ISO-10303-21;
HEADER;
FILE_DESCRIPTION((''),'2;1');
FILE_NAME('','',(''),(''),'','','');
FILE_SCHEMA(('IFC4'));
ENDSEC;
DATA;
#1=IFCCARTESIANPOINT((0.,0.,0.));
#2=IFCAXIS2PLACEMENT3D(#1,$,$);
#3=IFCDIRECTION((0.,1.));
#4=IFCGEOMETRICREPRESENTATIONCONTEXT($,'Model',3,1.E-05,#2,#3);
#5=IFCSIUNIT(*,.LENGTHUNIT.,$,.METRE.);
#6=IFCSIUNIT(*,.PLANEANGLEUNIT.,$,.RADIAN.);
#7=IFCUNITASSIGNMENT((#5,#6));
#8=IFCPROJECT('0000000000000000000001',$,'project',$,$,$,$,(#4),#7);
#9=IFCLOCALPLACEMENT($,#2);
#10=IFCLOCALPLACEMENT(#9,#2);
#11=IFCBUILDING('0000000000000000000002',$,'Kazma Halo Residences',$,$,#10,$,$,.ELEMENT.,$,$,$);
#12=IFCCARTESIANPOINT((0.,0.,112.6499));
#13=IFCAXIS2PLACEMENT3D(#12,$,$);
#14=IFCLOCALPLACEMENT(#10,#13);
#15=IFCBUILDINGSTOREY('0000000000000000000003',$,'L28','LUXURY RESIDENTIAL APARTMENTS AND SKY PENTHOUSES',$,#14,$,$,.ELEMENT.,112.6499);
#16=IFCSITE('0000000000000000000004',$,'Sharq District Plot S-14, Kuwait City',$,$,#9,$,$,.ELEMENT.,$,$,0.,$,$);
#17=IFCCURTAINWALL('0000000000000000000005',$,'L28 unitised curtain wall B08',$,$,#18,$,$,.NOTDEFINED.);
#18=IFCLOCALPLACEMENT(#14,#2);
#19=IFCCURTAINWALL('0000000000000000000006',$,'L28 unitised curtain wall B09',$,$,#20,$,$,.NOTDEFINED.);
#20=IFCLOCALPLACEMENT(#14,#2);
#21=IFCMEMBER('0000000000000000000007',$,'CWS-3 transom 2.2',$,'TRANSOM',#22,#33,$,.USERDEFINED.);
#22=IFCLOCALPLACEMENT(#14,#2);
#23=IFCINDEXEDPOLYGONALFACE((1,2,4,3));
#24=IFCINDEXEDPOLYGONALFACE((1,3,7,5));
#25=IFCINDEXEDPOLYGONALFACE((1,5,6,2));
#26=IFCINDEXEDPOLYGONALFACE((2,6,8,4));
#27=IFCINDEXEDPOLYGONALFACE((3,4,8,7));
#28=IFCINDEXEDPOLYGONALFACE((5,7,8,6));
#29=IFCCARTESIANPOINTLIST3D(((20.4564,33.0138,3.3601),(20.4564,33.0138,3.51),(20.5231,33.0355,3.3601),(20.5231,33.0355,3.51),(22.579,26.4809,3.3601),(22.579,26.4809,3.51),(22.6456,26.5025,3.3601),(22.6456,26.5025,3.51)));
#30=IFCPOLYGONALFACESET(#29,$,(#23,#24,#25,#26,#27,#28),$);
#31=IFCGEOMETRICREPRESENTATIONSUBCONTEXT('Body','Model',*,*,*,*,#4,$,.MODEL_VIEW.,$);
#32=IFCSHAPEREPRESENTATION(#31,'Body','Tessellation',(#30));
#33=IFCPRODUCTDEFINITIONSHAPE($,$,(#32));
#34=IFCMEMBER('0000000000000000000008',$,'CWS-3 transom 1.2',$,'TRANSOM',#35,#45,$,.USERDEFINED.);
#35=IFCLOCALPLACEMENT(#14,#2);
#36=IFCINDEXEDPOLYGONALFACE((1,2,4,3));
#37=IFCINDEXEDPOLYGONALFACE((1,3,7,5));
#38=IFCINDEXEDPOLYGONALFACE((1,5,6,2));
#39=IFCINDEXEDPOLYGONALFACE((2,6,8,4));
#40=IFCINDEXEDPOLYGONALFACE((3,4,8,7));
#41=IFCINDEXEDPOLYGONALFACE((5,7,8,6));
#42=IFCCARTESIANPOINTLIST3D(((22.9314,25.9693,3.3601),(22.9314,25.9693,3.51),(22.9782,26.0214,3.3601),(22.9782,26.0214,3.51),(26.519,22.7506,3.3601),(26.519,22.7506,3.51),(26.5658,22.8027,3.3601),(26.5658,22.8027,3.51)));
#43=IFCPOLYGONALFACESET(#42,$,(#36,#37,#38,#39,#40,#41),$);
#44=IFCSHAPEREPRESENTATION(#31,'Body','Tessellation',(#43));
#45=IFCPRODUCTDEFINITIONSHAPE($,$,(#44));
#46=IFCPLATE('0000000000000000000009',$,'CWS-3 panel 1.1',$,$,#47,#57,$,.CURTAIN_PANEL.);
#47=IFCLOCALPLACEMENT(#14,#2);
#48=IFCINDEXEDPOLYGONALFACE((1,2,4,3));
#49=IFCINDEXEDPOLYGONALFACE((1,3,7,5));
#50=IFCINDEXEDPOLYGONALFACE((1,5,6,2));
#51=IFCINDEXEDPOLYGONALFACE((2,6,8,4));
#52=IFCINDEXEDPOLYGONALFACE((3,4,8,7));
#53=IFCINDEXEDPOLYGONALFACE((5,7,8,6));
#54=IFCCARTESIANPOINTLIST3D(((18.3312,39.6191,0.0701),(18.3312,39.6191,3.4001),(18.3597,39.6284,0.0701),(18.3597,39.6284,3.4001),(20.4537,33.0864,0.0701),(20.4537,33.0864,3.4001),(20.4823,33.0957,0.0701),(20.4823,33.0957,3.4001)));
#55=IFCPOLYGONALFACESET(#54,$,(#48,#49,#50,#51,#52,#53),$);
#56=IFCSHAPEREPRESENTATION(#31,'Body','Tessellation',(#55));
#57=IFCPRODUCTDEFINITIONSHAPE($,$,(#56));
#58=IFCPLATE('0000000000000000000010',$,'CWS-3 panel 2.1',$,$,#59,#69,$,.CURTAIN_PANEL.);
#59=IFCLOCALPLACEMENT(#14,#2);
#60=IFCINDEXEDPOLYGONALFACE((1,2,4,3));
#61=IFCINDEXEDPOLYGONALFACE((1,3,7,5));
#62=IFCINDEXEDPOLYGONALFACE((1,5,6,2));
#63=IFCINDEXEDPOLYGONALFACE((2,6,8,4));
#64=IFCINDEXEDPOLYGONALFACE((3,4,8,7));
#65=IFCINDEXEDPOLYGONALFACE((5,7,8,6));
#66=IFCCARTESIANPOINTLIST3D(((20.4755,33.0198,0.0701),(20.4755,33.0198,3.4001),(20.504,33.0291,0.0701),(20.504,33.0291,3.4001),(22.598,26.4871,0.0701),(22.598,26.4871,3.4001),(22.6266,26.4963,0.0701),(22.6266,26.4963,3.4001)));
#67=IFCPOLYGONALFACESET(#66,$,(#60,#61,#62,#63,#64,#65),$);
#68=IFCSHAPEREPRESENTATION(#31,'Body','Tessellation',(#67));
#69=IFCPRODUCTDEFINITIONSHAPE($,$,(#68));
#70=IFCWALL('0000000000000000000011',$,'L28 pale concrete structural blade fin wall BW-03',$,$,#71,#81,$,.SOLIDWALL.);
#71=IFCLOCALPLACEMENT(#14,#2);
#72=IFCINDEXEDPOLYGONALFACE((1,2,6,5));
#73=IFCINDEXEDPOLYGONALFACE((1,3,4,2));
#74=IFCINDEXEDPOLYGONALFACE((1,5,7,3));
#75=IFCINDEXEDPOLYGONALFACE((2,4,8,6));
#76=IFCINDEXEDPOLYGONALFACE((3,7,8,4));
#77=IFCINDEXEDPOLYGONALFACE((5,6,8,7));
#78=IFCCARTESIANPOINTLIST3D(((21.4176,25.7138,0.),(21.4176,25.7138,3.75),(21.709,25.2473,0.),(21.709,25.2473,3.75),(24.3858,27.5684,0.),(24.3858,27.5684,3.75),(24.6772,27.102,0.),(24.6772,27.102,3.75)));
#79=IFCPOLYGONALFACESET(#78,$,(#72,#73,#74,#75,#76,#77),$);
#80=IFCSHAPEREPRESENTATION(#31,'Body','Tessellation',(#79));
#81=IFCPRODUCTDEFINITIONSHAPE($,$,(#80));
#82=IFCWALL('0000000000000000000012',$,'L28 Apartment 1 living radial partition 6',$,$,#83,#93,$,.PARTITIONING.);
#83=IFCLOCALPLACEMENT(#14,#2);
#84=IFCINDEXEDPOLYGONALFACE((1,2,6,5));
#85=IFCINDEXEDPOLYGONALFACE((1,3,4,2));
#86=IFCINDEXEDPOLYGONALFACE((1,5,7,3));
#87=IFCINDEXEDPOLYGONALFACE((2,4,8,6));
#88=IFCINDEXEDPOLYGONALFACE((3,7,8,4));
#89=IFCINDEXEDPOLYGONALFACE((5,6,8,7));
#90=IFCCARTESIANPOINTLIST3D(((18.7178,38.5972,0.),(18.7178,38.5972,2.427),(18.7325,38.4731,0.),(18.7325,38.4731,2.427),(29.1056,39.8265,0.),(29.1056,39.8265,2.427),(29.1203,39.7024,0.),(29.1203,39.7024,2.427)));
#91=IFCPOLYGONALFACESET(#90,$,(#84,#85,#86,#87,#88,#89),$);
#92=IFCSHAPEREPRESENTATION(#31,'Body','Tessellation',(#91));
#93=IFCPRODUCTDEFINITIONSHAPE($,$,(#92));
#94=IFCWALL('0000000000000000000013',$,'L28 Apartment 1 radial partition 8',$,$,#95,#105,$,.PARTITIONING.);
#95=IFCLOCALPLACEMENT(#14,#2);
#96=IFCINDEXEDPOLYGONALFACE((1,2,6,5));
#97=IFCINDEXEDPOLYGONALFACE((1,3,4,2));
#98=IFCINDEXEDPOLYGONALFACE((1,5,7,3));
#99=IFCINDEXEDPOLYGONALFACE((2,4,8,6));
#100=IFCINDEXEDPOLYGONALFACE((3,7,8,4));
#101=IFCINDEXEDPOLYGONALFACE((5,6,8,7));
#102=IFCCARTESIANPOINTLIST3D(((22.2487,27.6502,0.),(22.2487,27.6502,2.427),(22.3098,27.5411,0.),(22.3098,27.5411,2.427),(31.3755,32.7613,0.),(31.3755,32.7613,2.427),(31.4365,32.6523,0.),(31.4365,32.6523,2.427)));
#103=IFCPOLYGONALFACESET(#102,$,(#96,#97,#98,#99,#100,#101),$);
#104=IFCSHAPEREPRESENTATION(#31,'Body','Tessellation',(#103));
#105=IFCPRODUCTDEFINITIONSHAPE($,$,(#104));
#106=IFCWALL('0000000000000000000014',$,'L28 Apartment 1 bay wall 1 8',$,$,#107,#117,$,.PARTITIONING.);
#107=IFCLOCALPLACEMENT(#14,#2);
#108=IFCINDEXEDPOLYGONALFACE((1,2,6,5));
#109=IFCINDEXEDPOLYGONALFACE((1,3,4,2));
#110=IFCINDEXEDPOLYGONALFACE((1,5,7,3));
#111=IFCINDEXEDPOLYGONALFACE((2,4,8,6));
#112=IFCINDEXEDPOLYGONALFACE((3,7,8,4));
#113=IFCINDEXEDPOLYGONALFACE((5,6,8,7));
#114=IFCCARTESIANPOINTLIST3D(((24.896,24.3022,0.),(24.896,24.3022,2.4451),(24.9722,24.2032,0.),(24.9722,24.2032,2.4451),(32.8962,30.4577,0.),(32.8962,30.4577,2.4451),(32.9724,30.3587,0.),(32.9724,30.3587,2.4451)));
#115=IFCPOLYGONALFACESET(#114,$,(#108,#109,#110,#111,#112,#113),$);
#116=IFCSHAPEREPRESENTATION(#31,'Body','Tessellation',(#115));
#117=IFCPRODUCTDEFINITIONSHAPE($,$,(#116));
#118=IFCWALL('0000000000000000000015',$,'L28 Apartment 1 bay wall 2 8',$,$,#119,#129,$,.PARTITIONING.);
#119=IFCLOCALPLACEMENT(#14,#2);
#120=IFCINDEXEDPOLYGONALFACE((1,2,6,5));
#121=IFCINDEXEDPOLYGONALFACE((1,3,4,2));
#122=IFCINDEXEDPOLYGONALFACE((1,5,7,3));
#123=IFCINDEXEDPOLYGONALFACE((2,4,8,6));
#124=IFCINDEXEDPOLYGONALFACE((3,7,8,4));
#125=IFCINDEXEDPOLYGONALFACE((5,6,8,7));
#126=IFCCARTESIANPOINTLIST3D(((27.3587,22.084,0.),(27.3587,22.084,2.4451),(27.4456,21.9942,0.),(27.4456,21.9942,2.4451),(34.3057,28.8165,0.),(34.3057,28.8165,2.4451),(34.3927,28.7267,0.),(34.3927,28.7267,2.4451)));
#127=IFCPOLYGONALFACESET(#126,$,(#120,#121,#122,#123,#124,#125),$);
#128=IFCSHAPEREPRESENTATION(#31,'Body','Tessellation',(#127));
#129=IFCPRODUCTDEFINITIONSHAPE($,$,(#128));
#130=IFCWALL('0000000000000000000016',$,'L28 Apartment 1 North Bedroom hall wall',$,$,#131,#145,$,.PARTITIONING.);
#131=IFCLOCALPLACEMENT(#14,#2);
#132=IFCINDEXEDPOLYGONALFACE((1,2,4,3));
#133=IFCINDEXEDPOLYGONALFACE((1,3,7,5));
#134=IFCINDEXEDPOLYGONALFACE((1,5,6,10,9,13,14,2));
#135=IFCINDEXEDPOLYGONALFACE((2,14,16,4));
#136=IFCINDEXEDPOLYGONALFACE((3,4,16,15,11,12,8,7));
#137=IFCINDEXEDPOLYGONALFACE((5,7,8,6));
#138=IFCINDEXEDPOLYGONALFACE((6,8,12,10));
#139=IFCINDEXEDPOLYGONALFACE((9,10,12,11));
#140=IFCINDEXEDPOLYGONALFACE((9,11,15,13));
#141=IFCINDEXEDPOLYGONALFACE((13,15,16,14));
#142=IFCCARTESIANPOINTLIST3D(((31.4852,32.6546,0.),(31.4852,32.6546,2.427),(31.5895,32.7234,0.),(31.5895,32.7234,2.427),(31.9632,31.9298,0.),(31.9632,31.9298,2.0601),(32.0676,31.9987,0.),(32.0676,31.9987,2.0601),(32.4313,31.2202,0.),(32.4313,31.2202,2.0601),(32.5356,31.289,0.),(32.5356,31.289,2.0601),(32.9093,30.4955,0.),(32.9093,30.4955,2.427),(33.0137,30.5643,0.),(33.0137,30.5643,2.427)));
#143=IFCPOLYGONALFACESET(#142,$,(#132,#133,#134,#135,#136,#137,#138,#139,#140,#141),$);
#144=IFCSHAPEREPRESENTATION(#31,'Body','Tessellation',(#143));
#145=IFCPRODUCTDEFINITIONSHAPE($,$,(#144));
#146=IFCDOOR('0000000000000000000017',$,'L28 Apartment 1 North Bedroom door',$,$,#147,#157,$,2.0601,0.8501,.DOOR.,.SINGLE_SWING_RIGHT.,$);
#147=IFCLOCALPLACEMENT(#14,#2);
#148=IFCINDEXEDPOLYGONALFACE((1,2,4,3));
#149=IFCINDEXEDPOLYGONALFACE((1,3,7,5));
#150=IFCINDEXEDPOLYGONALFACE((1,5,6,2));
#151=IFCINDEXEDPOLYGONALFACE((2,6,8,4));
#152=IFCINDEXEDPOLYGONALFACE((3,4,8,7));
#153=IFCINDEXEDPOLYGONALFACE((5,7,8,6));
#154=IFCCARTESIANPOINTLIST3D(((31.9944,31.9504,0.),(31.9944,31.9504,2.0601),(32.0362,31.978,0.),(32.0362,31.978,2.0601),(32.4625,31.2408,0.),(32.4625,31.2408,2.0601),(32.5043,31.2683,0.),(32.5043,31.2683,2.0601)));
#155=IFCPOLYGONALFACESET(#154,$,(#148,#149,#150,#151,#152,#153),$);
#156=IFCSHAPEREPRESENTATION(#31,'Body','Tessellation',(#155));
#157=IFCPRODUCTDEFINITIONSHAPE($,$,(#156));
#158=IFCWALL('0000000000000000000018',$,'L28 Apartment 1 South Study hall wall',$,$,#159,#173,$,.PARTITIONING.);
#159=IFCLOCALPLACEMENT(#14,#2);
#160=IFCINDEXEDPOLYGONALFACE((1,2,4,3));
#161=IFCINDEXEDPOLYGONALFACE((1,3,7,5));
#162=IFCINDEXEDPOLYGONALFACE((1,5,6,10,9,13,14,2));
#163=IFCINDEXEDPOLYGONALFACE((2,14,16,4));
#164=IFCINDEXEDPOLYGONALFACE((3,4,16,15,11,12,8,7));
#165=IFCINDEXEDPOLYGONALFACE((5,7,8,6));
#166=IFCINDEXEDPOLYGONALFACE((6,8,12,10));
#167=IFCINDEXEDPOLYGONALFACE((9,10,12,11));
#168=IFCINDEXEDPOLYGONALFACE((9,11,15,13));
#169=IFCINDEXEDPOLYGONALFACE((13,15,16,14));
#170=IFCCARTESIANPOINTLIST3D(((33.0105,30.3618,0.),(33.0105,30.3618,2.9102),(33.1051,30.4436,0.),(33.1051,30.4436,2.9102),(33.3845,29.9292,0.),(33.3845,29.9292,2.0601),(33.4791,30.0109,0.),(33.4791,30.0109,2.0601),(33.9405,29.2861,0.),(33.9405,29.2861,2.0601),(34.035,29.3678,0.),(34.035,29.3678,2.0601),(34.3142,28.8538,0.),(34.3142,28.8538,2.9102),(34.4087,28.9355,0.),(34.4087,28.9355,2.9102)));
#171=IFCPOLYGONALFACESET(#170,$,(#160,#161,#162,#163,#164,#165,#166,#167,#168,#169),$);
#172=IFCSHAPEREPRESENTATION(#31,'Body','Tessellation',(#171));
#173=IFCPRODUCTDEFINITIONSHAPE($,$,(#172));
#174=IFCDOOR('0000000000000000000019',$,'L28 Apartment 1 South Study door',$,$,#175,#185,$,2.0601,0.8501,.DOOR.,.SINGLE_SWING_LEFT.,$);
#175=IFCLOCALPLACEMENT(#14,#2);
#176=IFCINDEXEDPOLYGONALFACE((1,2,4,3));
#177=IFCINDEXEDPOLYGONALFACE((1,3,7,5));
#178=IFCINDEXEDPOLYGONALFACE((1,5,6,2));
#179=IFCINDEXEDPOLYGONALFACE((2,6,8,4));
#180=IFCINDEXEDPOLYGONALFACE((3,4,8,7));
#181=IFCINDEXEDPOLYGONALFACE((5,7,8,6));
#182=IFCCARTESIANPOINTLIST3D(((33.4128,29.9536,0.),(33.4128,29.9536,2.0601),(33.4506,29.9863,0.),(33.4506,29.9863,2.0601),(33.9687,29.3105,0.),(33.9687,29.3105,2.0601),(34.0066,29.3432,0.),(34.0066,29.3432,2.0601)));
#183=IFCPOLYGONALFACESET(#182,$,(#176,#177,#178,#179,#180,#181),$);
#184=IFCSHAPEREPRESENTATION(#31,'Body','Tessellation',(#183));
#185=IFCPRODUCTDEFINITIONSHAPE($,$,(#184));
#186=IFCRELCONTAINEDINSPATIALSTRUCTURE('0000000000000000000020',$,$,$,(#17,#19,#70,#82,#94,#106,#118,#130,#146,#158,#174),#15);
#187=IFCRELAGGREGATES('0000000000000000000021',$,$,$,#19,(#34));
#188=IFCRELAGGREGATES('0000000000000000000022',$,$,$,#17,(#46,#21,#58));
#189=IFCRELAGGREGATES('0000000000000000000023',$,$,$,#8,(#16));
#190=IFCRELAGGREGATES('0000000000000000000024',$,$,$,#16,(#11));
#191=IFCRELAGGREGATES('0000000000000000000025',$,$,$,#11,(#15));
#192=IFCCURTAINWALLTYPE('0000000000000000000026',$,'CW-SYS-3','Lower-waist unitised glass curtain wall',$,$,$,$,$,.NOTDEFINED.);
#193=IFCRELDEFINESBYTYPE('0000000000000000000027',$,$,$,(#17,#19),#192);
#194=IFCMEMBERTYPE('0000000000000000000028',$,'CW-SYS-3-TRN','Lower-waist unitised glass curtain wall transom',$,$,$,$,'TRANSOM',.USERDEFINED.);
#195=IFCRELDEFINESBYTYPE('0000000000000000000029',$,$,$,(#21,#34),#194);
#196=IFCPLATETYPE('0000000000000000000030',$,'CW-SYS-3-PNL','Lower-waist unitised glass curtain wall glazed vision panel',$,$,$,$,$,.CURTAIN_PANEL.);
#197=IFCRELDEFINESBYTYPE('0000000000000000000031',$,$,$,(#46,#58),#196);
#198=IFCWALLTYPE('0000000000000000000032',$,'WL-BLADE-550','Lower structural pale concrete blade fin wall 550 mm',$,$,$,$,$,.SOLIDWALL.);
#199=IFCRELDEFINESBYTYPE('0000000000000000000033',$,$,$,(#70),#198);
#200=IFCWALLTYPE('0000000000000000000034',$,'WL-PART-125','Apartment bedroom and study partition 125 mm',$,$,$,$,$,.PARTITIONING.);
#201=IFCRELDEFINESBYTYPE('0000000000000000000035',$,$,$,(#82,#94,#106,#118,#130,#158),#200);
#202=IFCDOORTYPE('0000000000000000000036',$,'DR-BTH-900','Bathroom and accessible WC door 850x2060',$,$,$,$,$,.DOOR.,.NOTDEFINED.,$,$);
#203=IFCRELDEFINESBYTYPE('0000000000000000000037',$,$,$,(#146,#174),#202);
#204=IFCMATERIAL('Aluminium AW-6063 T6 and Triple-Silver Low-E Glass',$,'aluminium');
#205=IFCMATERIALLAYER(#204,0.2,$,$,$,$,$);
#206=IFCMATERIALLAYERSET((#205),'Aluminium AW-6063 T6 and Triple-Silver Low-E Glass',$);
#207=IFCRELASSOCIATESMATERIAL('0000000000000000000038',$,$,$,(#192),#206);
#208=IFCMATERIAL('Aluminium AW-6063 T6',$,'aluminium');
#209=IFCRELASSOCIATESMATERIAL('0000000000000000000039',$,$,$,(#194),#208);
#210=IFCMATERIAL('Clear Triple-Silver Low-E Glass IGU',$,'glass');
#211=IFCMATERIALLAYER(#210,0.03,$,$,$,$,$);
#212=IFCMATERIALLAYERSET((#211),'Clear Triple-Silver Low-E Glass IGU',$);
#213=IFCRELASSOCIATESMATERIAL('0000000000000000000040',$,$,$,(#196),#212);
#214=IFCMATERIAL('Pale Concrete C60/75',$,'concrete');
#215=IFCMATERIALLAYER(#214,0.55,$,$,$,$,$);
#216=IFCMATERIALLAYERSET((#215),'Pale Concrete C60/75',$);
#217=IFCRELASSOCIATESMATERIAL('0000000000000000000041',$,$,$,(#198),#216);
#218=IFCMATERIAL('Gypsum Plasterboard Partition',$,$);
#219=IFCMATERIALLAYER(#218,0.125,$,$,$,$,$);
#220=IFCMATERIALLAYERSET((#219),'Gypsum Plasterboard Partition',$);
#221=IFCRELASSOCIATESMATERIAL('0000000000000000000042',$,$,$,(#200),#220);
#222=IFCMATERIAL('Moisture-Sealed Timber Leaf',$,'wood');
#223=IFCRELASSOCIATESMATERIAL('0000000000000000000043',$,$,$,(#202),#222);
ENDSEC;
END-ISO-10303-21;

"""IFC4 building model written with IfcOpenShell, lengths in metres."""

from ifc_helpers import new_model, si_unit, direction, frame, frame_2d, origin, origin_2d, place, context, subcontext, project, spatial, rectangle, extrude, material, layer, layer_set, material_profile, profile_set, type_object, element, fill, aggregate, save


model = new_model("IFC4")

# Units and contexts
model_context = context("Model", 3, precision=1e-05, world=origin(), true_north=direction((0.0, 1.0)))
body_context = subcontext(model_context, "Body", "Model", "MODEL_VIEW")
ifc_project = project(units=[si_unit("LENGTHUNIT", "METRE"), si_unit("PLANEANGLEUNIT", "RADIAN")], contexts=[model_context])

# Site, building, storey
site_placement = place(None, origin())
site = spatial("IfcSite", under=ifc_project, at=site_placement, Name="Sharq District Plot S-14, Kuwait City", CompositionType="ELEMENT", RefElevation=0.0)
building_placement = place(site_placement, origin())
building = spatial("IfcBuilding", under=site, at=building_placement, Name="Kazma Halo Residences", CompositionType="ELEMENT")
storey_placement = place(building_placement, frame((0.0, 0.0, 112.6499)))
storey = spatial("IfcBuildingStorey", under=building, at=storey_placement, Name="L28", Description="LUXURY RESIDENTIAL APARTMENTS AND SKY PENTHOUSES", CompositionType="ELEMENT", Elevation=112.6499)

# Curtain wall
ifc_material_1 = material(Name="Aluminium AW-6063 T6 and Triple-Silver Low-E Glass", Category="aluminium")
ifc_layer_1 = layer(ifc_material_1, 0.2)
ifc_layer_set_1 = layer_set([ifc_layer_1], Name="Aluminium AW-6063 T6 and Triple-Silver Low-E Glass")
curtain_wall_type = type_object("IfcCurtainWallType", Name="CW-SYS-3", Description="Lower-waist unitised glass curtain wall", PredefinedType="NOTDEFINED", material=ifc_layer_set_1)
curtain_wall_1_placement = place(storey_placement, origin())
curtain_wall_1 = element("IfcCurtainWall", 1, at=curtain_wall_1_placement, inside=storey, type_object=curtain_wall_type, Name="L28 unitised curtain wall B08", PredefinedType="NOTDEFINED")
ifc_material_2 = material(Name="Aluminium AW-6063 T6", Category="aluminium")

# Curtain wall
curtain_wall_2_placement = place(storey_placement, origin())
curtain_wall_2 = element("IfcCurtainWall", 2, at=curtain_wall_2_placement, inside=storey, type_object=curtain_wall_type, Name="L28 unitised curtain wall B09", PredefinedType="NOTDEFINED")

# Members
ifc_material_profile_1 = material_profile(ifc_material_2, rectangle(XDim=0.0701, YDim=0.1499, at=origin_2d()), Name="CWT-70x150")
ifc_profile_set_1 = profile_set([ifc_material_profile_1], Name="Aluminium AW-6063 T6")
member_type_1 = type_object("IfcMemberType", Name="CW-SYS-3-TRN", Description="Lower-waist unitised glass curtain wall transom", ElementType="TRANSOM", PredefinedType="USERDEFINED", material=ifc_profile_set_1)
member_1_placement = place(storey_placement, frame((20.4897, 33.0247, 3.4351), z_axis=(0.309, -0.951062, 0.0), x_axis=(0.951062, 0.309, 0.0)))
member_1 = element("IfcMember", 3, at=member_1_placement, type_object=member_type_1, Name="CWS-3 transom 2.2", ObjectType="TRANSOM", PredefinedType="USERDEFINED", context=body_context, shape_type="SweptSolid", body=[
    extrude(rectangle(XDim=0.0701, YDim=0.1499, at=origin_2d()), origin(), (0.0, 0.0, 1.0), 6.8691),
])
member_2_placement = place(storey_placement, frame((22.9548, 25.9954, 3.4351), z_axis=(0.744338, -0.667803, 0.0), x_axis=(0.667803, 0.744338, 0.0)))
member_2 = element("IfcMember", 4, at=member_2_placement, type_object=member_type_1, Name="CWS-3 transom 1.2", ObjectType="TRANSOM", PredefinedType="USERDEFINED", context=body_context, shape_type="SweptSolid", body=[
    extrude(rectangle(XDim=0.0701, YDim=0.1499, at=origin_2d()), origin(), (0.0, 0.0, 1.0), 4.8198),
])
aggregate(curtain_wall_2, [member_2])

# Plates
ifc_material_3 = material(Name="Clear Triple-Silver Low-E Glass IGU", Category="glass")
ifc_layer_2 = layer(ifc_material_3, 0.03)
ifc_layer_set_2 = layer_set([ifc_layer_2], Name="Clear Triple-Silver Low-E Glass IGU")
plate_type = type_object("IfcPlateType", Name="CW-SYS-3-PNL", Description="Lower-waist unitised glass curtain wall glazed vision panel", PredefinedType="CURTAIN_PANEL", material=ifc_layer_set_2)
plate_1_placement = place(storey_placement, frame((19.4067, 36.3574, 0.0701), z_axis=(0.0, 0.0, 1.0), x_axis=(0.309013, -0.951058, 0.0)))
plate_1 = element("IfcPlate", 5, at=plate_1_placement, type_object=plate_type, Name="CWS-3 panel 1.1", PredefinedType="CURTAIN_PANEL", context=body_context, shape_type="SweptSolid", body=[
    extrude(rectangle(XDim=6.8689, YDim=0.03, at=origin_2d()), origin(), (0.0, 0.0, 1.0), 3.3301),
])
plate_2_placement = place(storey_placement, frame((21.551, 29.7581, 0.0701), z_axis=(0.0, 0.0, 1.0), x_axis=(0.309013, -0.951058, 0.0)))
plate_2 = element("IfcPlate", 6, at=plate_2_placement, type_object=plate_type, Name="CWS-3 panel 2.1", PredefinedType="CURTAIN_PANEL", context=body_context, shape_type="SweptSolid", body=[
    extrude(rectangle(XDim=6.8689, YDim=0.03, at=origin_2d()), origin(), (0.0, 0.0, 1.0), 3.3301),
])
aggregate(curtain_wall_1, [plate_1, member_1, plate_2])

# Walls
ifc_material_4 = material(Name="Pale Concrete C60/75", Category="concrete")
ifc_layer_3 = layer(ifc_material_4, 0.55)
ifc_layer_set_3 = layer_set([ifc_layer_3], Name="Pale Concrete C60/75")
wall_type_1 = type_object("IfcWallType", Name="WL-BLADE-550", Description="Lower structural pale concrete blade fin wall 550 mm", PredefinedType="SOLIDWALL", material=ifc_layer_set_3)
wall_1_placement = place(storey_placement, frame((24.5315, 27.3352, 0.0), z_axis=(0.0, 0.0, 1.0), x_axis=(-0.848053, -0.529911, 0.0)))
element("IfcWall", 7, at=wall_1_placement, inside=storey, type_object=wall_type_1, Name="L28 pale concrete structural blade fin wall BW-03", PredefinedType="SOLIDWALL", context=body_context, shape_type="SweptSolid", body=[
    extrude(rectangle(XDim=3.5, YDim=0.55, at=frame_2d((1.75, 0.0))), origin(), (0.0, 0.0, 1.0), 3.75),
])
ifc_material_5 = material(Name="Gypsum Plasterboard Partition")
ifc_layer_4 = layer(ifc_material_5, 0.125)
ifc_layer_set_4 = layer_set([ifc_layer_4], Name="Gypsum Plasterboard Partition")
wall_type_2 = type_object("IfcWallType", Name="WL-PART-125", Description="Apartment bedroom and study partition 125 mm", PredefinedType="PARTITIONING", material=ifc_layer_set_4)
wall_2_placement = place(storey_placement, frame((29.1128, 39.7644, 0.0), z_axis=(0.0, 0.0, 1.0), x_axis=(-0.993071, -0.117517, 0.0)))
element("IfcWall", 8, at=wall_2_placement, inside=storey, type_object=wall_type_2, Name="L28 Apartment 1 living radial partition 6", PredefinedType="PARTITIONING", context=body_context, shape_type="SweptSolid", body=[
    extrude(rectangle(XDim=10.4602, YDim=0.125, at=frame_2d((5.23, 0.0))), origin(), (0.0, 0.0, 1.0), 2.427),
])
wall_3_placement = place(storey_placement, frame((31.406, 32.7068, 0.0), z_axis=(0.0, 0.0, 1.0), x_axis=(-0.872501, -0.488613, 0.0)))
element("IfcWall", 9, at=wall_3_placement, inside=storey, type_object=wall_type_2, Name="L28 Apartment 1 radial partition 8", PredefinedType="PARTITIONING", context=body_context, shape_type="SweptSolid", body=[
    extrude(rectangle(XDim=10.4604, YDim=0.125, at=frame_2d((5.2302, 0.0))), origin(), (0.0, 0.0, 1.0), 2.427),
])
wall_4_placement = place(storey_placement, frame((32.9343, 30.4082, 0.0), z_axis=(0.0, 0.0, 1.0), x_axis=(-0.792553, -0.609803, 0.0)))
element("IfcWall", 10, at=wall_4_placement, inside=storey, type_object=wall_type_2, Name="L28 Apartment 1 bay wall 1 8", PredefinedType="PARTITIONING", context=body_context, shape_type="SweptSolid", body=[
    extrude(rectangle(XDim=10.0942, YDim=0.125, at=frame_2d((5.0471, 0.0))), origin(), (0.0, 0.0, 1.0), 2.4451),
])
wall_5_placement = place(storey_placement, frame((34.3491, 28.7715, 0.0), z_axis=(0.0, 0.0, 1.0), x_axis=(-0.718111, -0.695928, 0.0)))
element("IfcWall", 11, at=wall_5_placement, inside=storey, type_object=wall_type_2, Name="L28 Apartment 1 bay wall 2 8", PredefinedType="PARTITIONING", context=body_context, shape_type="SweptSolid", body=[
    extrude(rectangle(XDim=9.6741, YDim=0.125, at=frame_2d((4.8369, 0.0))), origin(), (0.0, 0.0, 1.0), 2.4451),
])

# Walls, openings, doors
wall_6_placement = place(storey_placement, frame((31.5374, 32.689, 0.0), z_axis=(0.0, 0.0, 1.0), x_axis=(0.55062, -0.834756, 0.0)))
wall_6 = element("IfcWall", 12, at=wall_6_placement, inside=storey, type_object=wall_type_2, Name="L28 Apartment 1 North Bedroom hall wall", PredefinedType="PARTITIONING", context=body_context, shape_type="SweptSolid", body=[
    extrude(rectangle(XDim=2.5864, YDim=0.125, at=frame_2d((1.2932, 0.0))), origin(), (0.0, 0.0, 1.0), 2.427),
])
opening_1_placement = place(wall_6_placement, frame((0.8682, 0.0, 0.0)))
opening_1 = element("IfcOpeningElement", 13, at=opening_1_placement, cuts=wall_6, PredefinedType="OPENING", context=body_context, shape_type="SweptSolid", body=[
    extrude(rectangle(XDim=0.8501, YDim=2.0601, at=frame_2d((0.425, 1.03))), frame((0.0, 0.0725, 0.0), z_axis=(0.0, -1.0, 0.0), x_axis=(1.0, 0.0, 0.0)), (0.0, 0.0, 1.0), 0.145),
])
ifc_material_6 = material(Name="Moisture-Sealed Timber Leaf", Category="wood")
door_type = type_object("IfcDoorType", Name="DR-BTH-900", Description="Bathroom and accessible WC door 850x2060", OperationType="NOTDEFINED", PredefinedType="DOOR", material=ifc_material_6)
door_1_placement = place(opening_1_placement, origin())
door_1 = element("IfcDoor", 14, at=door_1_placement, inside=storey, type_object=door_type, Name="L28 Apartment 1 North Bedroom door", OperationType="SINGLE_SWING_RIGHT", OverallHeight=2.0601, OverallWidth=0.8501, PredefinedType="DOOR", context=body_context, shape_type="SweptSolid", body=[
    extrude(rectangle(XDim=0.8501, YDim=2.0601, at=frame_2d((0.425, 1.03))), frame((0.0, 0.0249, 0.0), z_axis=(0.0, -1.0, 0.0), x_axis=(1.0, 0.0, 0.0)), (0.0, 0.0, 1.0), 0.05),
])
fill(opening_1, door_1)
wall_7_placement = place(storey_placement, frame((33.0579, 30.4026, 0.0), z_axis=(0.0, 0.0, 1.0), x_axis=(0.653993, -0.756501, 0.0)))
wall_7 = element("IfcWall", 15, at=wall_7_placement, inside=storey, type_object=wall_type_2, Name="L28 Apartment 1 South Study hall wall", PredefinedType="PARTITIONING", context=body_context, shape_type="SweptSolid", body=[
    extrude(rectangle(XDim=1.9934, YDim=0.125, at=frame_2d((0.9966, 0.0))), origin(), (0.0, 0.0, 1.0), 2.9102),
])
opening_2_placement = place(wall_7_placement, frame((0.5718, 0.0, 0.0)))
opening_2 = element("IfcOpeningElement", 16, at=opening_2_placement, cuts=wall_7, PredefinedType="OPENING", context=body_context, shape_type="SweptSolid", body=[
    extrude(rectangle(XDim=0.8501, YDim=2.0601, at=frame_2d((0.425, 1.03))), frame((0.0, 0.0725, 0.0), z_axis=(0.0, -1.0, 0.0), x_axis=(1.0, 0.0, 0.0)), (0.0, 0.0, 1.0), 0.145),
])
door_2_placement = place(opening_2_placement, origin())
door_2 = element("IfcDoor", 17, at=door_2_placement, inside=storey, type_object=door_type, Name="L28 Apartment 1 South Study door", OperationType="SINGLE_SWING_LEFT", OverallHeight=2.0601, OverallWidth=0.8501, PredefinedType="DOOR", context=body_context, shape_type="SweptSolid", body=[
    extrude(rectangle(XDim=0.8501, YDim=2.0601, at=frame_2d((0.425, 1.03))), frame((0.0, 0.0249, 0.0), z_axis=(0.0, -1.0, 0.0), x_axis=(1.0, 0.0, 0.0)), (0.0, 0.0, 1.0), 0.05),
])
fill(opening_2, door_2)

save(model, "model.ifc")
